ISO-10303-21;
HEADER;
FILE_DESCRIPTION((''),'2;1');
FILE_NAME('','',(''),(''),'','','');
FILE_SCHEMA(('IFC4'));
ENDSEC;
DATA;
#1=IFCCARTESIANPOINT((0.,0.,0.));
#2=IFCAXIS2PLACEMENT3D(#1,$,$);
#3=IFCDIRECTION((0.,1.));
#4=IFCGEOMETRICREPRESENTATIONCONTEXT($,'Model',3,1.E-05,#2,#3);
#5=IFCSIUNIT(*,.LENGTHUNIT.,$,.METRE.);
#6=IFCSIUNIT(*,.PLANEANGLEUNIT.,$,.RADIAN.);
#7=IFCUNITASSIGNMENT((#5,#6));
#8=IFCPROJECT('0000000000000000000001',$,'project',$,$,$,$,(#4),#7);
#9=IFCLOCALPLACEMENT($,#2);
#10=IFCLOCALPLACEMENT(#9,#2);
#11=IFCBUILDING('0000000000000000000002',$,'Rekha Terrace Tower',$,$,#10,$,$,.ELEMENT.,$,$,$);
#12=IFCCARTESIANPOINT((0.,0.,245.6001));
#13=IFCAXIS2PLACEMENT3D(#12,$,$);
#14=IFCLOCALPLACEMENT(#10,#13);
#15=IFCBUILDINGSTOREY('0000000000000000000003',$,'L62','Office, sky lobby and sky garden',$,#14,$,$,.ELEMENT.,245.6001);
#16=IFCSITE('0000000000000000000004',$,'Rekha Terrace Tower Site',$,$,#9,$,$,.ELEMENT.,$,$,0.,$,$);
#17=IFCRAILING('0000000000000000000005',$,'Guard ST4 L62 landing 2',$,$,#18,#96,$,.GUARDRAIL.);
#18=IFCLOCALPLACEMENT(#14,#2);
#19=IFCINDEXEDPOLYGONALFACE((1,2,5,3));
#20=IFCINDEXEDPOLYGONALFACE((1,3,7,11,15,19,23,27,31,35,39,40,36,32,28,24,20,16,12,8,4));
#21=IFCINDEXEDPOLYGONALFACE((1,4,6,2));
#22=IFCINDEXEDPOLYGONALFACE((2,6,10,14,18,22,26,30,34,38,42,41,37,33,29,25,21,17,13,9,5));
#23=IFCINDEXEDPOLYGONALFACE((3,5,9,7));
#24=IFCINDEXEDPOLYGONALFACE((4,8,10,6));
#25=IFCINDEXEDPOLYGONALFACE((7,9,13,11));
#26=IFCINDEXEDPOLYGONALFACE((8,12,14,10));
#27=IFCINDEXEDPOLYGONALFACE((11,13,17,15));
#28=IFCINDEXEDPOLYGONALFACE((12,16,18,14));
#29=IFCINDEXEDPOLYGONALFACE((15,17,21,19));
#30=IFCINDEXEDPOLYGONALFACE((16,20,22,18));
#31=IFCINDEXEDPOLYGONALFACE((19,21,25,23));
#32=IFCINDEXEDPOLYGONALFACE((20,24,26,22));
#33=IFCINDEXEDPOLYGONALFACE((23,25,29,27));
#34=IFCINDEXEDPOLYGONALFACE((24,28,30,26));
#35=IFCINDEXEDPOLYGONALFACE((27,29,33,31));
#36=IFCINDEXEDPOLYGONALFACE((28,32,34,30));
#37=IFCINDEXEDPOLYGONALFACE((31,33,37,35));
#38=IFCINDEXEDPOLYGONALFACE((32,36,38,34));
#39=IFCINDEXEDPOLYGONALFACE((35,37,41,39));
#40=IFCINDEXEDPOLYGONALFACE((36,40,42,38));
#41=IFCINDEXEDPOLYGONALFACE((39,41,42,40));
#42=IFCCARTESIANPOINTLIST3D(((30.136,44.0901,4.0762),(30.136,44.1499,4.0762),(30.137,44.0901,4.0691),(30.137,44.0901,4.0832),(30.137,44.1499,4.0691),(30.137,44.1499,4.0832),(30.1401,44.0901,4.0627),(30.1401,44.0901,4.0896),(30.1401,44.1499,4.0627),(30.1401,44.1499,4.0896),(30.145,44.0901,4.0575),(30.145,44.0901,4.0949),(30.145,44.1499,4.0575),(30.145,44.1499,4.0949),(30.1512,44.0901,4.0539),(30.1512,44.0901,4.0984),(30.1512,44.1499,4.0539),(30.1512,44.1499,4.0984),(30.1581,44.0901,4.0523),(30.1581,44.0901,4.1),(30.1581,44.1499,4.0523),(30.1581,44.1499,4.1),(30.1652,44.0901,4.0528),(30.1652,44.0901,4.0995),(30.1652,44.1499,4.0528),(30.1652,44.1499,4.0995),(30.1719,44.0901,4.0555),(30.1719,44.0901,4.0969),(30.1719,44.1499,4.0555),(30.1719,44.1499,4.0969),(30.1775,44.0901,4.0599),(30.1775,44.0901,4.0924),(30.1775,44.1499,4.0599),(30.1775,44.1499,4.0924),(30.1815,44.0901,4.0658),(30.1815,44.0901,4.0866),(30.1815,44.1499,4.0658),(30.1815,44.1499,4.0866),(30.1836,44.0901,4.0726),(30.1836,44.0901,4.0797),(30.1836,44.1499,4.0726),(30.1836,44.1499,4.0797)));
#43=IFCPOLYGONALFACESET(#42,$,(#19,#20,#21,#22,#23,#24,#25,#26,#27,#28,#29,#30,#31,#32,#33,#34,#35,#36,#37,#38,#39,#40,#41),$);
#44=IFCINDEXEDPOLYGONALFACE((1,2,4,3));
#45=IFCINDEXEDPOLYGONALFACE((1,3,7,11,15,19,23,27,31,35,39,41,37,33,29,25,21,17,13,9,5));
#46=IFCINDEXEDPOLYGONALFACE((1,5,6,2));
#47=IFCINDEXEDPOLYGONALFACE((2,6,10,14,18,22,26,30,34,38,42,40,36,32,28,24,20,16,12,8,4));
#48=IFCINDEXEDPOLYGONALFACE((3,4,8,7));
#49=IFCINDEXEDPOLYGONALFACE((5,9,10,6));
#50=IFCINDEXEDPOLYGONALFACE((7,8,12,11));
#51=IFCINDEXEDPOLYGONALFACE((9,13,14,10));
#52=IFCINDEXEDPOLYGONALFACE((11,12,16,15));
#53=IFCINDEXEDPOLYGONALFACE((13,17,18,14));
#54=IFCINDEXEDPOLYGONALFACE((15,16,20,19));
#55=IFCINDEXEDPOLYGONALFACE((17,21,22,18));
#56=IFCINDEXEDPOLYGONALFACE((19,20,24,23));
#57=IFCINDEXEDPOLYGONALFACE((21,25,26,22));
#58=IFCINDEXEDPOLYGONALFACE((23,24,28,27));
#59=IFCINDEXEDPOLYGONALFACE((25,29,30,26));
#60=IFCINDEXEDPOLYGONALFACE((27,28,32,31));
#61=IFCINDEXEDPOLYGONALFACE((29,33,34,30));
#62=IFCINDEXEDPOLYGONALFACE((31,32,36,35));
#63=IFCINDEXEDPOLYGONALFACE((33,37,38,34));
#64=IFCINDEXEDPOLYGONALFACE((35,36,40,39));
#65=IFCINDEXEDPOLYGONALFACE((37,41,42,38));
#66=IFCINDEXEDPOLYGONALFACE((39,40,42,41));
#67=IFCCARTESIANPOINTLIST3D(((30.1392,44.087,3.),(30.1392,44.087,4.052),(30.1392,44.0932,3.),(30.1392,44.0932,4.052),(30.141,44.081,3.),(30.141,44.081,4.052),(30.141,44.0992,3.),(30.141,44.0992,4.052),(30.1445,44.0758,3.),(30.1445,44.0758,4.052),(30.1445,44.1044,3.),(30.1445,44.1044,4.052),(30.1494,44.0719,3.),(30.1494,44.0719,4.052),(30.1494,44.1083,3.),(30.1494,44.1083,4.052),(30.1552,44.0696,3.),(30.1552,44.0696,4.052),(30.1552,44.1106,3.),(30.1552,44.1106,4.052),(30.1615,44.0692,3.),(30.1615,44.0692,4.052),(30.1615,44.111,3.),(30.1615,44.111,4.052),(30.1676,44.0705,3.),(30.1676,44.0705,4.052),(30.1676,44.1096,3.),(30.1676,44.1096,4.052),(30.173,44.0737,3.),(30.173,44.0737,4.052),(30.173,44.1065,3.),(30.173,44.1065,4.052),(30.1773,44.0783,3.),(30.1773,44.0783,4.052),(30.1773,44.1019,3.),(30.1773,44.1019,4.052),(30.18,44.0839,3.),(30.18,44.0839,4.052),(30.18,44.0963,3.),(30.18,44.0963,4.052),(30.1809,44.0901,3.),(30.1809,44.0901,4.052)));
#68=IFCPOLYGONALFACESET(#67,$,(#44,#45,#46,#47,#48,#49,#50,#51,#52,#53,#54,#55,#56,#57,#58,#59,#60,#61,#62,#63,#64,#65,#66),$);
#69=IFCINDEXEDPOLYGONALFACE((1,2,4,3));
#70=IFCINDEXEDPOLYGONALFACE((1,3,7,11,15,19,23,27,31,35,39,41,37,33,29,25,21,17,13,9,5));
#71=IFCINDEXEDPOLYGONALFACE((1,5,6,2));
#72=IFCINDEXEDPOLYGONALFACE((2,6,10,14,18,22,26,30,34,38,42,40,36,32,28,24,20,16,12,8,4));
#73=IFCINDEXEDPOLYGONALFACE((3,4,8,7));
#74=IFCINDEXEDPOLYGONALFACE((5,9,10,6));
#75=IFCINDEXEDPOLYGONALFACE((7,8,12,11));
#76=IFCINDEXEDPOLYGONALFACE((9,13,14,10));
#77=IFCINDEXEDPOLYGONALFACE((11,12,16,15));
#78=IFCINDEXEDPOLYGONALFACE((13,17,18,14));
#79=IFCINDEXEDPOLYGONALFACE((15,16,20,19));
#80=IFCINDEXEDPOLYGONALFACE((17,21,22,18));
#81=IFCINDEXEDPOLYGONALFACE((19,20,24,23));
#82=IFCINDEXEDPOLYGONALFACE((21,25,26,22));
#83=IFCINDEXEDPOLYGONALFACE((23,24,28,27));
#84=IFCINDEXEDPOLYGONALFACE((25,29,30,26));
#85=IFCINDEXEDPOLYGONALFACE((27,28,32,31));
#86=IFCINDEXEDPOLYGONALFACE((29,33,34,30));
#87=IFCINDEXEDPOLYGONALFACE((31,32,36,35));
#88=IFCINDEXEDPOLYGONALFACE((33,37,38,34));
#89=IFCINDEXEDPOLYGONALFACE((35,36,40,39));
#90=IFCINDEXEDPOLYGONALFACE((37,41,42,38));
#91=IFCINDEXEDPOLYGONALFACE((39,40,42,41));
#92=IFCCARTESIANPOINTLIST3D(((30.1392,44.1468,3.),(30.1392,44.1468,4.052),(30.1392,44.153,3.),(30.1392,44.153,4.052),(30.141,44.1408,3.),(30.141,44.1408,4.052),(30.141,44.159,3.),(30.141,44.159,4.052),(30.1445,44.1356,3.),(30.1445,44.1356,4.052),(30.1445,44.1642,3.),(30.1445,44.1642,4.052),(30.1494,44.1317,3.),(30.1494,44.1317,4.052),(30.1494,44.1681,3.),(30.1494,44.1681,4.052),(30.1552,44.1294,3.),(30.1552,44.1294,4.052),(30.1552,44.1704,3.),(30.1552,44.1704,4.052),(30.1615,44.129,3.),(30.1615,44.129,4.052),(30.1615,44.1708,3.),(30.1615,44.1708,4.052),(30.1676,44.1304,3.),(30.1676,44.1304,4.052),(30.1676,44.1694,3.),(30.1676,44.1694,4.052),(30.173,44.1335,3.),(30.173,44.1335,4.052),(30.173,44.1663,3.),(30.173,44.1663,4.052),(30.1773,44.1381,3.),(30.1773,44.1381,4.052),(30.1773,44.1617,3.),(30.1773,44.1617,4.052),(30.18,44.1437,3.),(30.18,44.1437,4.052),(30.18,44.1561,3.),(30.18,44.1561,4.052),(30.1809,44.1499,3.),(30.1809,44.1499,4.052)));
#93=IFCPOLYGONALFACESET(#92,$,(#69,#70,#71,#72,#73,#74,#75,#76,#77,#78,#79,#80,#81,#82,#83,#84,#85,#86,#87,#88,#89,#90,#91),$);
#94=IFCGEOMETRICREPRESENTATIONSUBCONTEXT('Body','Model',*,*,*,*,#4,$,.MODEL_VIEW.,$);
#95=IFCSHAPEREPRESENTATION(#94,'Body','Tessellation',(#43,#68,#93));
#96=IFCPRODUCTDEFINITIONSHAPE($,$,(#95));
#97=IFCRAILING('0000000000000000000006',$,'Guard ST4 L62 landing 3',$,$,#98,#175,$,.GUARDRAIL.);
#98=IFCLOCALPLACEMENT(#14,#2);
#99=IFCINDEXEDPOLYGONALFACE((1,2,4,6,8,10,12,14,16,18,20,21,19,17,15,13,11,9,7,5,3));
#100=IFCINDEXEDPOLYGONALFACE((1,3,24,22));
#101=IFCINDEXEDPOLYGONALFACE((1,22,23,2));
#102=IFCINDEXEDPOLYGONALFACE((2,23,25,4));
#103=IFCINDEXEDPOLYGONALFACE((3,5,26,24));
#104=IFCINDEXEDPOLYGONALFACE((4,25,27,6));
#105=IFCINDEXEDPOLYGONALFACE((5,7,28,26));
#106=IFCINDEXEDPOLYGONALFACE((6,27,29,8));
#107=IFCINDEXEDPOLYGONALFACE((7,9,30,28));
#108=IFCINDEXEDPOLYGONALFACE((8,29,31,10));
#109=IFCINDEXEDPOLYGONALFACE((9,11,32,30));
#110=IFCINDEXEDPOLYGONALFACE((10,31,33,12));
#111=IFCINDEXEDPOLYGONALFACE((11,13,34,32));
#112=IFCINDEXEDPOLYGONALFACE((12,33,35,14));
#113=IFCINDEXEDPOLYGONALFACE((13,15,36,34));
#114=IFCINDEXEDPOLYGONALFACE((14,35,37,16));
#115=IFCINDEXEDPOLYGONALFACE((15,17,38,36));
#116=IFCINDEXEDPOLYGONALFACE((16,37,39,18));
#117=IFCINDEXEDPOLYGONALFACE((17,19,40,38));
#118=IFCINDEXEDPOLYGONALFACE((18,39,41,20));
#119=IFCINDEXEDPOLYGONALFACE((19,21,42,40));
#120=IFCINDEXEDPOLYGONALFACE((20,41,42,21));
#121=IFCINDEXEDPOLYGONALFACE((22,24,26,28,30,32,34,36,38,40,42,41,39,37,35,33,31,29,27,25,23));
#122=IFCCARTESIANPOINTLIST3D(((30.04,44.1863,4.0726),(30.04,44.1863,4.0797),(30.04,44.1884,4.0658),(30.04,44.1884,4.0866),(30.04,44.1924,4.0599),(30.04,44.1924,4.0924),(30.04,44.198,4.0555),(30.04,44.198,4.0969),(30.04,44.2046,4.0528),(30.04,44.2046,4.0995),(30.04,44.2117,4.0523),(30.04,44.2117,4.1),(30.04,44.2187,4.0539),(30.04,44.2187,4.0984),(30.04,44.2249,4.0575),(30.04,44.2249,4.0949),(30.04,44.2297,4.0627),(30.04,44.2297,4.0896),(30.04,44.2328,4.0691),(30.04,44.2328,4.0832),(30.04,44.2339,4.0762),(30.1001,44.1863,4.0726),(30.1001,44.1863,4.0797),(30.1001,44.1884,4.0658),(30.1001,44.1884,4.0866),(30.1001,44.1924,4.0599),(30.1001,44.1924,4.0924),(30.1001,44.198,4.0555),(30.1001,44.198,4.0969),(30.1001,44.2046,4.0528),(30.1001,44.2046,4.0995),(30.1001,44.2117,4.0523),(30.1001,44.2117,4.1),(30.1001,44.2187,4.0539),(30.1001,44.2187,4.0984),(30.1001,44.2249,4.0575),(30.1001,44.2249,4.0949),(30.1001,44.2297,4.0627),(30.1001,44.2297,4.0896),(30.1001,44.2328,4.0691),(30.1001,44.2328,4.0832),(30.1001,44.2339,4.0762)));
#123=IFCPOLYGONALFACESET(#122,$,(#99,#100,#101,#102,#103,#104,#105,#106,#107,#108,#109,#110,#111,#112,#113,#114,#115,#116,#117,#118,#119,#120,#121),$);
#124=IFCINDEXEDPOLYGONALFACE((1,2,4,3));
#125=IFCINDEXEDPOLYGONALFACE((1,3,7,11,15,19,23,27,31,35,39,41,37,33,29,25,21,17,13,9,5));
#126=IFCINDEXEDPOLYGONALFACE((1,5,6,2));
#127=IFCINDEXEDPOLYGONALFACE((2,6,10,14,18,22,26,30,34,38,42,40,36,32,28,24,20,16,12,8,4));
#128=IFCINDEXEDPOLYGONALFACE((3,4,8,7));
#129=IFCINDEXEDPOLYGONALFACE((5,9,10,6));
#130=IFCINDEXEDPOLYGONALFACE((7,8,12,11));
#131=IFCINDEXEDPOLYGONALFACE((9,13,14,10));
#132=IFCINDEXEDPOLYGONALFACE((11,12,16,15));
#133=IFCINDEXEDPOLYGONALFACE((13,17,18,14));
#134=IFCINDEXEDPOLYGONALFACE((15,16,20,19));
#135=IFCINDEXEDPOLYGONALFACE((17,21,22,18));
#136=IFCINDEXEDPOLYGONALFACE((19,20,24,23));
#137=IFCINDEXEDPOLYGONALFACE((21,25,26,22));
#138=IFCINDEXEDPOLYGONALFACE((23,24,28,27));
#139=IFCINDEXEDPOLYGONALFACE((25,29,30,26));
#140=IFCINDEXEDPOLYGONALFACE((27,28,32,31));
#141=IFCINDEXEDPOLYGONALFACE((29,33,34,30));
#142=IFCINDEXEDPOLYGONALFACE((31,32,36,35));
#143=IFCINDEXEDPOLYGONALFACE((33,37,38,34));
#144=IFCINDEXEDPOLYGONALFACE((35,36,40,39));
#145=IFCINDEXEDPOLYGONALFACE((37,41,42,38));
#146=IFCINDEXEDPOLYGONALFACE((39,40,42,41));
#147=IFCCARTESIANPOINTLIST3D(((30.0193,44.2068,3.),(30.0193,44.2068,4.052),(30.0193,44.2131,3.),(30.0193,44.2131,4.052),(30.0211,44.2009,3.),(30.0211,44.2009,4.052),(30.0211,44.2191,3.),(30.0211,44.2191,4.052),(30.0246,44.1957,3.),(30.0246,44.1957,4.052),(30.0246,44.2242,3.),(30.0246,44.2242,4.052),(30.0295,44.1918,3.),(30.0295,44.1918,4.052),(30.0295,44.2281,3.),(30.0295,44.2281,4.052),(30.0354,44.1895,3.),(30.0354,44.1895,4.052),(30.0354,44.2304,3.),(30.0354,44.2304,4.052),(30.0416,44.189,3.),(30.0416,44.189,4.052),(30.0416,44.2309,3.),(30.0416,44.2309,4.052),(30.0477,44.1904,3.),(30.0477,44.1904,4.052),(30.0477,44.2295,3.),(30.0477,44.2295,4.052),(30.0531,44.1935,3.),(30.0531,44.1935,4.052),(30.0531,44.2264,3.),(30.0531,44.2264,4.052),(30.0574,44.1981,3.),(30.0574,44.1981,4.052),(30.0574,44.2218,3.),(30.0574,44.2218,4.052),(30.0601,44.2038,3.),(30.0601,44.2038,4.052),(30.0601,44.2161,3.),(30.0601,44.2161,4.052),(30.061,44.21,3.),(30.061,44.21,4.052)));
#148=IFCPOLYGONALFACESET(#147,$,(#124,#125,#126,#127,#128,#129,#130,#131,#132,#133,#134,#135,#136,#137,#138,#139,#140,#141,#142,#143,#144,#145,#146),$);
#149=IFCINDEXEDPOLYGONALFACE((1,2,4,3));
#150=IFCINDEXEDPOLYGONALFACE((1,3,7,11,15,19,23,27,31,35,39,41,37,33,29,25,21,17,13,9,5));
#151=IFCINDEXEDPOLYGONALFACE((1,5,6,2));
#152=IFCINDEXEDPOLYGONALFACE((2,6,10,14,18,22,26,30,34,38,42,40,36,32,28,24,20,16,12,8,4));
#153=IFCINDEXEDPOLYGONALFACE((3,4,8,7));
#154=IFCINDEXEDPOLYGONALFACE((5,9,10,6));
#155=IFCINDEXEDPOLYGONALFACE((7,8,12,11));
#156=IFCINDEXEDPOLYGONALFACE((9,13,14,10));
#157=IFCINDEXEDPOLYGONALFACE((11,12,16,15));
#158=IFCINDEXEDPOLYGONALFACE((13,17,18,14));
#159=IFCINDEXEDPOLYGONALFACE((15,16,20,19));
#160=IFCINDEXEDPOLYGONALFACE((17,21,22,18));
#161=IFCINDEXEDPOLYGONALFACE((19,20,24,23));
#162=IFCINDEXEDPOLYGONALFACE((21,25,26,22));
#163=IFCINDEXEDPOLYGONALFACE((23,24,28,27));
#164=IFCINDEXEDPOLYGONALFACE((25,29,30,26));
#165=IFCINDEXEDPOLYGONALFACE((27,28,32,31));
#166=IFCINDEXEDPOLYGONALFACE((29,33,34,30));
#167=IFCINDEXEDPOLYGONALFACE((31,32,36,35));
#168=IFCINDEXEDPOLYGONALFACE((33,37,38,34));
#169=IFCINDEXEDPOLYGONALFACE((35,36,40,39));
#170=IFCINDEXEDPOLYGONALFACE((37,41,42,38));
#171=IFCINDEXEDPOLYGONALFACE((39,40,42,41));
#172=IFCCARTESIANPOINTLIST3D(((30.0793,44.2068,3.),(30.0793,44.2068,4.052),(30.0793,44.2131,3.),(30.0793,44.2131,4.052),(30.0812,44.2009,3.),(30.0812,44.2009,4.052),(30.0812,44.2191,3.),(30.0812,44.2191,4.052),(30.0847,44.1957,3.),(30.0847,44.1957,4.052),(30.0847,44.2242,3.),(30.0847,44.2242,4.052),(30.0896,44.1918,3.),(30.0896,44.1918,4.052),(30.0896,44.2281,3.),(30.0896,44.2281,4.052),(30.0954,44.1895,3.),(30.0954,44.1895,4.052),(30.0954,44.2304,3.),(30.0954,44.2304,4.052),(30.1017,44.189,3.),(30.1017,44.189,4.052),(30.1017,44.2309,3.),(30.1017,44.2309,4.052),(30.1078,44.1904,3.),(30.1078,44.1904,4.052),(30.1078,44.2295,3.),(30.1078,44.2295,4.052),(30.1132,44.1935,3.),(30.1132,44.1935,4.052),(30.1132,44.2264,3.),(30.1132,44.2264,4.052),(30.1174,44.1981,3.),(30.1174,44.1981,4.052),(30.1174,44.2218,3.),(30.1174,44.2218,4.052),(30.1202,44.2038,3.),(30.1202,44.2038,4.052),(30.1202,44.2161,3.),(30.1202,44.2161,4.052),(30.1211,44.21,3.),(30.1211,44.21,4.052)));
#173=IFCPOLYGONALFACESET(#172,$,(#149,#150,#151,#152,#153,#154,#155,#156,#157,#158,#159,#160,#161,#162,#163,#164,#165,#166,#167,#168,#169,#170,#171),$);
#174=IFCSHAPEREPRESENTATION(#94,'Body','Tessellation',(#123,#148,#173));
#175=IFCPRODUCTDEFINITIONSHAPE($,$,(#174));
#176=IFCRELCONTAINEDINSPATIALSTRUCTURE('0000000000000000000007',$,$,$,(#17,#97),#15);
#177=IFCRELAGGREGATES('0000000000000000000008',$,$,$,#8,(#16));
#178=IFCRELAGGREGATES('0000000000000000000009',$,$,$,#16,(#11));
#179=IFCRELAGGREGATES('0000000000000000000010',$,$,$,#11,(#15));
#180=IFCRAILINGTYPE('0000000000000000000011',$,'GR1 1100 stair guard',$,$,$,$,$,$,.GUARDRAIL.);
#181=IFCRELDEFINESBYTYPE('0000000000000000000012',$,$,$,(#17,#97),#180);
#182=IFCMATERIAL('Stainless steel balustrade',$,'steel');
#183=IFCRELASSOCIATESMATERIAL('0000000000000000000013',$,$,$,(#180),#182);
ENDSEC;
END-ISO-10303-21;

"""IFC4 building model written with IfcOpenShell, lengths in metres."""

from ifc_helpers import new_model, si_unit, direction, frame, origin, origin_2d, place, context, subcontext, project, spatial, circle, extrude, material, type_object, element, save


model = new_model("IFC4")

# Units and contexts
model_context = context("Model", 3, precision=1e-05, world=origin(), true_north=direction((0.0, 1.0)))
body_context = subcontext(model_context, "Body", "Model", "MODEL_VIEW")
ifc_project = project(units=[si_unit("LENGTHUNIT", "METRE"), si_unit("PLANEANGLEUNIT", "RADIAN")], contexts=[model_context])

# Site, building, storey
site_placement = place(None, origin())
site = spatial("IfcSite", under=ifc_project, at=site_placement, Name="Rekha Terrace Tower Site", CompositionType="ELEMENT", RefElevation=0.0)
building_placement = place(site_placement, origin())
building = spatial("IfcBuilding", under=site, at=building_placement, Name="Rekha Terrace Tower", CompositionType="ELEMENT")
storey_placement = place(building_placement, frame((0.0, 0.0, 245.6001)))
storey = spatial("IfcBuildingStorey", under=building, at=storey_placement, Name="L62", Description="Office, sky lobby and sky garden", CompositionType="ELEMENT", Elevation=245.6001)

# Railings
ifc_material_1 = material(Name="Stainless steel balustrade", Category="steel")
railing_type_1 = type_object("IfcRailingType", Name="GR1 1100 stair guard", PredefinedType="GUARDRAIL", material=ifc_material_1)
railing_1_placement = place(storey_placement, frame((30.1599, 44.0901, 3.0)))
element("IfcRailing", 1, at=railing_1_placement, inside=storey, type_object=railing_type_1, Name="Guard ST4 L62 landing 2", PredefinedType="GUARDRAIL", context=body_context, shape_type="SweptSolid", body=[
    extrude(circle(Radius=0.0239, at=origin_2d()), frame((0.0, 0.0, 1.0762), z_axis=(0.0, 1.0, 0.0), x_axis=(-1.0, 0.0, 0.0)), (0.0, 0.0, 1.0), 0.0598),
    extrude(circle(Radius=0.021, at=origin_2d()), origin(), (0.0, 0.0, 1.0), 1.052),
    extrude(circle(Radius=0.021, at=origin_2d()), frame((0.0, 0.0598, 0.0)), (0.0, 0.0, 1.0), 1.052),
])
railing_2_placement = place(storey_placement, frame((30.04, 44.21, 3.0)))
element("IfcRailing", 2, at=railing_2_placement, inside=storey, type_object=railing_type_1, Name="Guard ST4 L62 landing 3", PredefinedType="GUARDRAIL", context=body_context, shape_type="SweptSolid", body=[
    extrude(circle(Radius=0.0239, at=origin_2d()), frame((0.0, 0.0, 1.0762), z_axis=(1.0, 0.0, 0.0), x_axis=(0.0, 1.0, 0.0)), (0.0, 0.0, 1.0), 0.0601),
    extrude(circle(Radius=0.021, at=origin_2d()), origin(), (0.0, 0.0, 1.0), 1.052),
    extrude(circle(Radius=0.021, at=origin_2d()), frame((0.0601, 0.0, 0.0)), (0.0, 0.0, 1.0), 1.052),
])

save(model, "model.ifc")
